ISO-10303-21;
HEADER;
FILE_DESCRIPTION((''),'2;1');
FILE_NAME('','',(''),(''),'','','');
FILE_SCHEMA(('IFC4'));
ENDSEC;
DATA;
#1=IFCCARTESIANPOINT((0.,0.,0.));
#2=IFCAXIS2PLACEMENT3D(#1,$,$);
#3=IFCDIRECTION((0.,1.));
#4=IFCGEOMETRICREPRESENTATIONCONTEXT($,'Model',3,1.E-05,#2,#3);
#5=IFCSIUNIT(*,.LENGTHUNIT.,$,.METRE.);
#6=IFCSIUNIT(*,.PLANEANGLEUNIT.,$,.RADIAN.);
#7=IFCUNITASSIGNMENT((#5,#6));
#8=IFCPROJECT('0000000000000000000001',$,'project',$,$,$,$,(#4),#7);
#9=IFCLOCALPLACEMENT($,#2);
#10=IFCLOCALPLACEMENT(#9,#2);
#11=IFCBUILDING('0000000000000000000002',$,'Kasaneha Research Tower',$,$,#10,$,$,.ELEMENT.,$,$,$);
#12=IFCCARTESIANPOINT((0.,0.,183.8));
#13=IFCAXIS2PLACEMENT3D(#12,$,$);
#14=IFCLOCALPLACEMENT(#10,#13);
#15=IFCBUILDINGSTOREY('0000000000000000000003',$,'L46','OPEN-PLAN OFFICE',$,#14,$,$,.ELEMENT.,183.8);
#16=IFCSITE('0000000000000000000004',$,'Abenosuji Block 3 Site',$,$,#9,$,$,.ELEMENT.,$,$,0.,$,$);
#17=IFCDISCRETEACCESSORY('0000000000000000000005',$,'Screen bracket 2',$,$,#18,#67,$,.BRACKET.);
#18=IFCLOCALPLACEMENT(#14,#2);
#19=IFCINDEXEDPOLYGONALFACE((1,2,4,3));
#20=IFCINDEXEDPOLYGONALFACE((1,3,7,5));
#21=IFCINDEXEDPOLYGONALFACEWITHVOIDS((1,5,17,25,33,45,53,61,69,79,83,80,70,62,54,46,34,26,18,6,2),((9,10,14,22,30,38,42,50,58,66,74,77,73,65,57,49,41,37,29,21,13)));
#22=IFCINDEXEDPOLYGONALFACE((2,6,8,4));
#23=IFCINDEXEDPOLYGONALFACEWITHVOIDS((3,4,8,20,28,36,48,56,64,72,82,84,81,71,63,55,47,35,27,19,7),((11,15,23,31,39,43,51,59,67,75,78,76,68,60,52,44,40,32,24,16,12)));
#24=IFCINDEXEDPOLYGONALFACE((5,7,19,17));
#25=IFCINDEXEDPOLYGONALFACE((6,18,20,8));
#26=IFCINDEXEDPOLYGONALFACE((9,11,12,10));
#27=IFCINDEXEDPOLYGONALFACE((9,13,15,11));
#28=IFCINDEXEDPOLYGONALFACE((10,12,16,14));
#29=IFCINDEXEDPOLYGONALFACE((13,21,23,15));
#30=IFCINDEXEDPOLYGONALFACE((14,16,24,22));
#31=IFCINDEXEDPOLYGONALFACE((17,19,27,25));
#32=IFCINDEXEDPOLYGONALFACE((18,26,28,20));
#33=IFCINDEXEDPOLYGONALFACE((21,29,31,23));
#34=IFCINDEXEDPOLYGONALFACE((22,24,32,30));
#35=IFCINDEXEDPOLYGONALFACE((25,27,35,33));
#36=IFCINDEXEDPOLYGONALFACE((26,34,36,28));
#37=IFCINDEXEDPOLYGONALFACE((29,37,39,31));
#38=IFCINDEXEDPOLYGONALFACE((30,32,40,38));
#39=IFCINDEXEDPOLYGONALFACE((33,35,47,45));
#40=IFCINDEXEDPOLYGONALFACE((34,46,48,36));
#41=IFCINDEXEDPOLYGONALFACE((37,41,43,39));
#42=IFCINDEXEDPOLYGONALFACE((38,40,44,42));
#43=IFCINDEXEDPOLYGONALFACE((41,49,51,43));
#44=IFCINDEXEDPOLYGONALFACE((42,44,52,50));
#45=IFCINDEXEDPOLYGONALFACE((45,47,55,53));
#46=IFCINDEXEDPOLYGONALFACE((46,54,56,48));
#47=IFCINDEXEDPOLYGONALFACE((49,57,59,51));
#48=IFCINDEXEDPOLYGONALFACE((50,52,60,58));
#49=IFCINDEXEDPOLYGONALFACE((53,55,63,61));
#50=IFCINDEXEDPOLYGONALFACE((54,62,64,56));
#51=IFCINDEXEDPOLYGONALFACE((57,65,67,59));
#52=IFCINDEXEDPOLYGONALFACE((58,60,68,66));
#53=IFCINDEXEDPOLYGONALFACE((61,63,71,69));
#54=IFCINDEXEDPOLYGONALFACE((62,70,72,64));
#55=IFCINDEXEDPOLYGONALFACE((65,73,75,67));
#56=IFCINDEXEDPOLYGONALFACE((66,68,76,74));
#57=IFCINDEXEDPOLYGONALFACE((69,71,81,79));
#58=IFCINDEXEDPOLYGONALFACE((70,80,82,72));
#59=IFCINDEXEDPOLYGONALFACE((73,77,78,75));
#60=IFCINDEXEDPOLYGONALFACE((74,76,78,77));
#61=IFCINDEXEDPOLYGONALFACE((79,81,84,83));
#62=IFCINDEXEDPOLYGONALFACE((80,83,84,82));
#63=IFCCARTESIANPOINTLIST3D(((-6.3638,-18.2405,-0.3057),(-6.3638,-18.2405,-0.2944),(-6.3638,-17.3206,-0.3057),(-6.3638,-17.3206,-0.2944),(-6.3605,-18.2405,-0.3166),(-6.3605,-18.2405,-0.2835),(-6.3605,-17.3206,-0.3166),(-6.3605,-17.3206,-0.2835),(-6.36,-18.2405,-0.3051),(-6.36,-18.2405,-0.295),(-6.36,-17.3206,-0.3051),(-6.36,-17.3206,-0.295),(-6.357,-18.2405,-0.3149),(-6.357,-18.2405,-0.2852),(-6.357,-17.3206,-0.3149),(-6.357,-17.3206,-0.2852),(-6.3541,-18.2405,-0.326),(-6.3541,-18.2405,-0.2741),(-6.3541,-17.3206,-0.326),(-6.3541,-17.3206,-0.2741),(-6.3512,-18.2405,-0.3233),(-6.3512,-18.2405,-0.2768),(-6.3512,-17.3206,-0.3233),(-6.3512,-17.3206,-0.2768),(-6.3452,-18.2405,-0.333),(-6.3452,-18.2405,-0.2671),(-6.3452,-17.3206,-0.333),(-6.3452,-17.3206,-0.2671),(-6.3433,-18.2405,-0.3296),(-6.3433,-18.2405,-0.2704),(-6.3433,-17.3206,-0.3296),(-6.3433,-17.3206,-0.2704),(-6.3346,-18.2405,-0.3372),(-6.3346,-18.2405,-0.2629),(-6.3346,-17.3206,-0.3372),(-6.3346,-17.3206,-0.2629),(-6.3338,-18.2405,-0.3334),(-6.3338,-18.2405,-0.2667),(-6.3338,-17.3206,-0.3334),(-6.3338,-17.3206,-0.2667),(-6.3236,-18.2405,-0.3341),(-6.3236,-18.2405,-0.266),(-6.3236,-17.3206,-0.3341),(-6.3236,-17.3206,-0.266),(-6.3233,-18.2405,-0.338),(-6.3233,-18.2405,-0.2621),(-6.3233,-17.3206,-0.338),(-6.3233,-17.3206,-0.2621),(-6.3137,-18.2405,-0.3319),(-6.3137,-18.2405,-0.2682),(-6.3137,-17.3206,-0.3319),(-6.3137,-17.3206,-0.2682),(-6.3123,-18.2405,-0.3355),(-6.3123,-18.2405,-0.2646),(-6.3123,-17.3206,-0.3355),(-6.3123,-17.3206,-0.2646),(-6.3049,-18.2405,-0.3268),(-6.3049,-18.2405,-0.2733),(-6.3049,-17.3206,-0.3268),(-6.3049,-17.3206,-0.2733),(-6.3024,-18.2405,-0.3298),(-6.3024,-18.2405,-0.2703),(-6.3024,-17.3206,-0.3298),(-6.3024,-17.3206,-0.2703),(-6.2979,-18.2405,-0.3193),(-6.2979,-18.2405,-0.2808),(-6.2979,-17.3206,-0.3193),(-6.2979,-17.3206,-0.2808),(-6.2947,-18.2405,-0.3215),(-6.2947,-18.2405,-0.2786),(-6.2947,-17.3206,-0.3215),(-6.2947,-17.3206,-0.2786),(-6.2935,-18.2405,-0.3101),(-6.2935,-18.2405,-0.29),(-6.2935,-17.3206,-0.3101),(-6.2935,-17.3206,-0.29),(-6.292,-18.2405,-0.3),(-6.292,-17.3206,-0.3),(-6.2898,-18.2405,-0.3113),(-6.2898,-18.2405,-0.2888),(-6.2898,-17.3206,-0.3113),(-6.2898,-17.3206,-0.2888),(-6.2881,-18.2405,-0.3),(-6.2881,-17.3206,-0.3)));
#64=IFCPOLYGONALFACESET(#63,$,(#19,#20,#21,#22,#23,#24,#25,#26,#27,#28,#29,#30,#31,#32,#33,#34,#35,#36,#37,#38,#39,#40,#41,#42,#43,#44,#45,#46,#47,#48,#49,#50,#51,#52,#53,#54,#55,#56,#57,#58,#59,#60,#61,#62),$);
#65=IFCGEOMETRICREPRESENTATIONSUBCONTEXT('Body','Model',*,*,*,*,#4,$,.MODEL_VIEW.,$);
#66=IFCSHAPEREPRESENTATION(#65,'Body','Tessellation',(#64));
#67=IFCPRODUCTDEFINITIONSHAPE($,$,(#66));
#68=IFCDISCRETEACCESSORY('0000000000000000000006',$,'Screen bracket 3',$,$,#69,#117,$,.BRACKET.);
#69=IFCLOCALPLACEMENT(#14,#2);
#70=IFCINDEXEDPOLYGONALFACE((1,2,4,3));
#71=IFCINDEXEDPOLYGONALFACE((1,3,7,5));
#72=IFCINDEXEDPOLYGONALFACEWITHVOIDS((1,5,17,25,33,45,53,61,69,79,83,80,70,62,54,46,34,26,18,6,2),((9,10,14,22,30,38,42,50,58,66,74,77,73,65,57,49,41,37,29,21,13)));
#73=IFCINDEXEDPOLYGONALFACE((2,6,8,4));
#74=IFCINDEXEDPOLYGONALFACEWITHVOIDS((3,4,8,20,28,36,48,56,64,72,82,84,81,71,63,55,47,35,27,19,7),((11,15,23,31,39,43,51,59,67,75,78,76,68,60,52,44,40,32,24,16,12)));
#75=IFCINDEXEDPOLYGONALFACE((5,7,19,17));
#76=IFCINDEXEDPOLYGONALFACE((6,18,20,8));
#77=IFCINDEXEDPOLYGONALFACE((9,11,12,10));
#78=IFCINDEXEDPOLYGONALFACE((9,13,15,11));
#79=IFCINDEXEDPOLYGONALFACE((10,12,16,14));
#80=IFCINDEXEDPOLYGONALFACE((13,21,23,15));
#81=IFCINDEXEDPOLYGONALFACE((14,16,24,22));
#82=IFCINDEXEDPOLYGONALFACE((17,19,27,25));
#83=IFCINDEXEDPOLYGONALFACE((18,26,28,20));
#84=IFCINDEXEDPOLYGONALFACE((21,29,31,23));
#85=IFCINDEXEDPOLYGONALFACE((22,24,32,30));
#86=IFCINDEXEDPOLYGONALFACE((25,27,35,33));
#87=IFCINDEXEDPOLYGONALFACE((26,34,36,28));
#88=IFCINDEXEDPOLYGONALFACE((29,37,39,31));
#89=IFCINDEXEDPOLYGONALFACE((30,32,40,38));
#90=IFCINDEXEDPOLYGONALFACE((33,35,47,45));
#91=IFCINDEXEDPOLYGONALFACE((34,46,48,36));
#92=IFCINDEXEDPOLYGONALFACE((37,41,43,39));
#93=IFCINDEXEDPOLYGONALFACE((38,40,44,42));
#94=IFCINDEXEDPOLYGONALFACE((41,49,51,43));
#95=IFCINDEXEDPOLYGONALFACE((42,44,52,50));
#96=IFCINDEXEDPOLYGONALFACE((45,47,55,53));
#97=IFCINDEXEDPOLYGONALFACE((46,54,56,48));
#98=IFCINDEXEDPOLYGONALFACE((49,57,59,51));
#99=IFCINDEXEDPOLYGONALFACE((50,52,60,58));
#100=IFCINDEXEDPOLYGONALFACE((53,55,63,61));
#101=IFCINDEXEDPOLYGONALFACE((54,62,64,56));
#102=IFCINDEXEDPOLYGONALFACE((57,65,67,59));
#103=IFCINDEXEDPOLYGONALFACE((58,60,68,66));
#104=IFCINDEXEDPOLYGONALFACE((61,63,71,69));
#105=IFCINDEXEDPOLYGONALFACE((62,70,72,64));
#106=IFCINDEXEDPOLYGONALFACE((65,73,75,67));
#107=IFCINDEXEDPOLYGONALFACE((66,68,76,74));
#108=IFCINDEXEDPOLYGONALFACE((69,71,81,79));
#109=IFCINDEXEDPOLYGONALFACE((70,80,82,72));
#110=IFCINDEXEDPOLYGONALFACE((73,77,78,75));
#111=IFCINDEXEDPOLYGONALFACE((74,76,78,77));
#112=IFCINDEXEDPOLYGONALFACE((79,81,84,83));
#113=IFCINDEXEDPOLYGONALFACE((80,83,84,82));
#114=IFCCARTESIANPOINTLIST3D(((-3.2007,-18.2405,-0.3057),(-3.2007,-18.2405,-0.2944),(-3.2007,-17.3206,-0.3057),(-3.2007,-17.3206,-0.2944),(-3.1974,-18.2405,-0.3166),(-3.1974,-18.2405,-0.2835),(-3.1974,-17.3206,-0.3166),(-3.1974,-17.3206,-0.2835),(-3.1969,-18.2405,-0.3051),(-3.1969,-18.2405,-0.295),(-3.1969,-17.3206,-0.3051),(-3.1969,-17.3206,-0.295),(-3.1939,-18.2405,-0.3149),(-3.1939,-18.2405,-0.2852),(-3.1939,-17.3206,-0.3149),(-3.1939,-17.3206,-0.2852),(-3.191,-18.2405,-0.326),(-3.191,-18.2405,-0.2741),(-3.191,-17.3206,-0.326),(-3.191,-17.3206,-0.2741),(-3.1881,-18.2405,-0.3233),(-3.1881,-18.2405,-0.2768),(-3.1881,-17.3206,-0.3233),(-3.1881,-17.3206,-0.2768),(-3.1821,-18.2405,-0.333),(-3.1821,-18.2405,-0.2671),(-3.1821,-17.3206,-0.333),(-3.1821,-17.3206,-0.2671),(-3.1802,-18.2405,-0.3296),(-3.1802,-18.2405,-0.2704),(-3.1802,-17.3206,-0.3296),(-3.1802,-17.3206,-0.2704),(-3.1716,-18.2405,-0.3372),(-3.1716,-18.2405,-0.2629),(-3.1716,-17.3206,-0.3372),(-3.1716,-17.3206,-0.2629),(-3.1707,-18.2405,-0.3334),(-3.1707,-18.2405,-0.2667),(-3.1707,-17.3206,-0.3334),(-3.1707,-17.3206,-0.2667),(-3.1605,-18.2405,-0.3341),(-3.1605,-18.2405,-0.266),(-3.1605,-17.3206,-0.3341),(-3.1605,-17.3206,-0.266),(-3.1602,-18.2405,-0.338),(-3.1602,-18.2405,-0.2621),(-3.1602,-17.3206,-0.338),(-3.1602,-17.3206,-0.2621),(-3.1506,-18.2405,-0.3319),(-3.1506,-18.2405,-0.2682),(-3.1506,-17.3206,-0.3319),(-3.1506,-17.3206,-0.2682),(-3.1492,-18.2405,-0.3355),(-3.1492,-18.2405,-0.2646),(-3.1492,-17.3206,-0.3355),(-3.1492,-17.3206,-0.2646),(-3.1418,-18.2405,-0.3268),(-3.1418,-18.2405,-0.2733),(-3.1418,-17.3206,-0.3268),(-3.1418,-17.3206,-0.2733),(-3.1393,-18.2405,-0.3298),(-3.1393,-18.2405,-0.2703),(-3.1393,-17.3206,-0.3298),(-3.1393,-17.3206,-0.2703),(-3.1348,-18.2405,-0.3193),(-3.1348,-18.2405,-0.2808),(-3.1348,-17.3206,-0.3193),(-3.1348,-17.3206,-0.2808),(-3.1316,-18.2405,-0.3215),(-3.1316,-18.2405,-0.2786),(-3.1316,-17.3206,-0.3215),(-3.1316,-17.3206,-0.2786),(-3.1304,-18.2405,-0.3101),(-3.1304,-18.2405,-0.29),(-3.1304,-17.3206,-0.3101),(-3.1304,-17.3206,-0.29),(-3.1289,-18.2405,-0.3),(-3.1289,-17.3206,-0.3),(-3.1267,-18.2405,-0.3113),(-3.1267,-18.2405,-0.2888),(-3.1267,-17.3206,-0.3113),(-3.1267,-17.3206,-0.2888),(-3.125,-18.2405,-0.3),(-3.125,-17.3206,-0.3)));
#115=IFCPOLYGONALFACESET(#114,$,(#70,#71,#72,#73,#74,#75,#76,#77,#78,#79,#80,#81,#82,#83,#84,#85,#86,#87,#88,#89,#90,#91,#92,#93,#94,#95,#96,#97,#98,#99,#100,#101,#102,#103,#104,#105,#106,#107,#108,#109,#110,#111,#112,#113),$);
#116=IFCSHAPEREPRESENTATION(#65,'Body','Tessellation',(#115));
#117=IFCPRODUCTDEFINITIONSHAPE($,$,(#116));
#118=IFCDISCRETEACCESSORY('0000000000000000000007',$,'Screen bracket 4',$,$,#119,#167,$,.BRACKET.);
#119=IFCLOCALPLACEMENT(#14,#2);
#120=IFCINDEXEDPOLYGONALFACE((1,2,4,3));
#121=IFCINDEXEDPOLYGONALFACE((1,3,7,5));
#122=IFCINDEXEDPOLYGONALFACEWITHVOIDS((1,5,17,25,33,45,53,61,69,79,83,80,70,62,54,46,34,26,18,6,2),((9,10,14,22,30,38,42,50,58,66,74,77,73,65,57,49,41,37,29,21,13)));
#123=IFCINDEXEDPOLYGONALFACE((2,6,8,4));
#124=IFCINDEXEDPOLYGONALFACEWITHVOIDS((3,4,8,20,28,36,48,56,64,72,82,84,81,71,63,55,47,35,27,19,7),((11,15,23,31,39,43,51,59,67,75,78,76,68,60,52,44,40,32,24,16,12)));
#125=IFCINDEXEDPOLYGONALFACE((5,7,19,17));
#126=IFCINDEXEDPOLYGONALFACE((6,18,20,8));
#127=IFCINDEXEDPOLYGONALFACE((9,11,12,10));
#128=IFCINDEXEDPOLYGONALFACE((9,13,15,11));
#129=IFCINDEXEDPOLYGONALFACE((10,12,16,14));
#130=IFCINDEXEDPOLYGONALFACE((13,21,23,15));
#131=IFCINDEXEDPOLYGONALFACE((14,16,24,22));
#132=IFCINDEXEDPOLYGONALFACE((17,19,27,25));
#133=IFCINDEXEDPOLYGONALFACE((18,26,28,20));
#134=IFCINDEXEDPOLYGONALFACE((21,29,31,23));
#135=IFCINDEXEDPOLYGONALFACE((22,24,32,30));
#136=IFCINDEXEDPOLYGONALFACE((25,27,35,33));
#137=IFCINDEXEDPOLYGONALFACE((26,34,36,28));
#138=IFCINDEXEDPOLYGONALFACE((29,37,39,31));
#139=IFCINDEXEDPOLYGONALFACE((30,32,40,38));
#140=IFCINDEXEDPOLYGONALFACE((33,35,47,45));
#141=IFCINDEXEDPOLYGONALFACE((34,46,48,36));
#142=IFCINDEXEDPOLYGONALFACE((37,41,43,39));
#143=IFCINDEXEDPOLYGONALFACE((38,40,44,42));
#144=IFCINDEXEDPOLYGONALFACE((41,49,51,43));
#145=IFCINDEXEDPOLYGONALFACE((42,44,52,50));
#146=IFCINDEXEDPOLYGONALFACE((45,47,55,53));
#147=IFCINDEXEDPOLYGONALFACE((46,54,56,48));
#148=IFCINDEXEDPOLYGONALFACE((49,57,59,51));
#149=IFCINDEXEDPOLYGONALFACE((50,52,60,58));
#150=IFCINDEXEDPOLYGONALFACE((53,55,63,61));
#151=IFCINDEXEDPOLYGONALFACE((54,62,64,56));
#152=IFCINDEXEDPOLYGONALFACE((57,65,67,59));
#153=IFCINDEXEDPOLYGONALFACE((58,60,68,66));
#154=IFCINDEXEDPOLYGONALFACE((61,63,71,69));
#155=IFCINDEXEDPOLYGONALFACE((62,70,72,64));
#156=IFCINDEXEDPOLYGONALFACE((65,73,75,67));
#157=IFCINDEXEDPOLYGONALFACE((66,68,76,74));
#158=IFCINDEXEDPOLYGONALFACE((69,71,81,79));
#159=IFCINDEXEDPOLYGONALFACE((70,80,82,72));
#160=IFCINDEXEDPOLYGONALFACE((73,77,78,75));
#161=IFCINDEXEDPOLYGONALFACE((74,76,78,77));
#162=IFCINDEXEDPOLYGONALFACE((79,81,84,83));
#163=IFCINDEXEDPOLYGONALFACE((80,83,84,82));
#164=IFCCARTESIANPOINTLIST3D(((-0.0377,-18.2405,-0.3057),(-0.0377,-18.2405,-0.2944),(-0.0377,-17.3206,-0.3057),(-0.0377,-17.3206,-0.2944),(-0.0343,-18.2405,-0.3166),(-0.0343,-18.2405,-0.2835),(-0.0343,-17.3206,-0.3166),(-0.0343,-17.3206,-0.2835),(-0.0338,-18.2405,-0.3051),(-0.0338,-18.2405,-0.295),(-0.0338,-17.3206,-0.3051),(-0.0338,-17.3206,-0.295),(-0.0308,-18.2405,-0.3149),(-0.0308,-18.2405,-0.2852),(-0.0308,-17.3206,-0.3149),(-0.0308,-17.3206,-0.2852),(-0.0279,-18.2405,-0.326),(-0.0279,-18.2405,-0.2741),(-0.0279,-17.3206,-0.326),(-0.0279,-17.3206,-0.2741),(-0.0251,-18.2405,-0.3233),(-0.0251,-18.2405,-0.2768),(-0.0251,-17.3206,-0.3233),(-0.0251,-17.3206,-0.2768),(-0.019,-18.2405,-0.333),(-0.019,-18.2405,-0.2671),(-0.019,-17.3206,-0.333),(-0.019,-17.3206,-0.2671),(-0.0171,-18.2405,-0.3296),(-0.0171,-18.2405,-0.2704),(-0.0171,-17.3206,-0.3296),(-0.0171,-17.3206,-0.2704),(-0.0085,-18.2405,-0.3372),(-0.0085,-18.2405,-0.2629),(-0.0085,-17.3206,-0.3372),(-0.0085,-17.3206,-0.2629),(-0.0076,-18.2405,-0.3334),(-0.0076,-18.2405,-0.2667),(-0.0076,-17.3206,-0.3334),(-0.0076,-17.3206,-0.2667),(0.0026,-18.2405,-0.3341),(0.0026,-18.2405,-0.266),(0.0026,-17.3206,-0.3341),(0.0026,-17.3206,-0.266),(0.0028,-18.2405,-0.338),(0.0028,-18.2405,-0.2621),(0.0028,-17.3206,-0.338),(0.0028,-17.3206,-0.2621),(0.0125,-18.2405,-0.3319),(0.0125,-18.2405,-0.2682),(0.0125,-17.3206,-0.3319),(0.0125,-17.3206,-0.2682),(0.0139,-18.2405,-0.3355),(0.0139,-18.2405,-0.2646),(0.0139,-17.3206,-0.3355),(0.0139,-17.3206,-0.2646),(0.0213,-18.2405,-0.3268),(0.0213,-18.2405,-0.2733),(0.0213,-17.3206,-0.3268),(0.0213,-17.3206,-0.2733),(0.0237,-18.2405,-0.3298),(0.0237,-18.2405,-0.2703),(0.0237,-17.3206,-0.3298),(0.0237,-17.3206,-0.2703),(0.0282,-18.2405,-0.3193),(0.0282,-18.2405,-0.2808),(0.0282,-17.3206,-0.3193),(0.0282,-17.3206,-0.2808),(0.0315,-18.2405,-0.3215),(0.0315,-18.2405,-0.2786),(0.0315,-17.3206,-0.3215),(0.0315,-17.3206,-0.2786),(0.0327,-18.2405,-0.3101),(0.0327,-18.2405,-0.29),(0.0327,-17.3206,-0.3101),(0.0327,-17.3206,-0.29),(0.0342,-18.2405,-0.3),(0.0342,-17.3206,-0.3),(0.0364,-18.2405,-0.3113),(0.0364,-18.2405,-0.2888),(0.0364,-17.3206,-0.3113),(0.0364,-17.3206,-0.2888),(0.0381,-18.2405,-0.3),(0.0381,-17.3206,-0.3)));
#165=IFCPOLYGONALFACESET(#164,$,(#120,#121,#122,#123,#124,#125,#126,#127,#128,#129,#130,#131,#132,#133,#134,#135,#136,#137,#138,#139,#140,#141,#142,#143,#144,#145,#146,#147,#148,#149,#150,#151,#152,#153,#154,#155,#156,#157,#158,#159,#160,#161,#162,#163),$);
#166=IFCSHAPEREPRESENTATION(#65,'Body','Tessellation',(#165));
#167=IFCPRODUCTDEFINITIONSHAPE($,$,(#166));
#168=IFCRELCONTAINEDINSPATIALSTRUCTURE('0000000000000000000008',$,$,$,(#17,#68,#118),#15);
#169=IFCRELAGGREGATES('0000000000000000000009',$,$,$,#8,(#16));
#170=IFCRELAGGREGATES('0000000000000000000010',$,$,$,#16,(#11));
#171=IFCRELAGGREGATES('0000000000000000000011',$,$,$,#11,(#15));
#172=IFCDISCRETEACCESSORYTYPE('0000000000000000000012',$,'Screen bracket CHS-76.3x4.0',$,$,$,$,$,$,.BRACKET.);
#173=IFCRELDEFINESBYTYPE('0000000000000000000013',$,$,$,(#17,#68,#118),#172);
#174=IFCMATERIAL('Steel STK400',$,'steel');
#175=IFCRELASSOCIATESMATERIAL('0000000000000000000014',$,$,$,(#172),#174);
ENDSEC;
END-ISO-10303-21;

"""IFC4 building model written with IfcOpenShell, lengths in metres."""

from ifc_helpers import new_model, si_unit, direction, frame, origin, origin_2d, place, context, subcontext, project, spatial, hollow_circle, extrude, material, material_profile, profile_set, type_object, element, save


model = new_model("IFC4")

# Units and contexts
model_context = context("Model", 3, precision=1e-05, world=origin(), true_north=direction((0.0, 1.0)))
body_context = subcontext(model_context, "Body", "Model", "MODEL_VIEW")
ifc_project = project(units=[si_unit("LENGTHUNIT", "METRE"), si_unit("PLANEANGLEUNIT", "RADIAN")], contexts=[model_context])

# Site, building, storey
site_placement = place(None, origin())
site = spatial("IfcSite", under=ifc_project, at=site_placement, Name="Abenosuji Block 3 Site", CompositionType="ELEMENT", RefElevation=0.0)
building_placement = place(site_placement, origin())
building = spatial("IfcBuilding", under=site, at=building_placement, Name="Kasaneha Research Tower", CompositionType="ELEMENT")
storey_placement = place(building_placement, frame((0.0, 0.0, 183.8)))
storey = spatial("IfcBuildingStorey", under=building, at=storey_placement, Name="L46", Description="OPEN-PLAN OFFICE", CompositionType="ELEMENT", Elevation=183.8)

# Discrete accessories
ifc_material_1 = material(Name="Steel STK400", Category="steel")
ifc_material_profile_1 = material_profile(ifc_material_1, hollow_circle(Radius=0.0381, WallThickness=0.0039, at=origin_2d()), Name="CHS-76.3x4.0")
ifc_profile_set_1 = profile_set([ifc_material_profile_1], Name="Steel STK400")
discrete_accessory_type = type_object("IfcDiscreteAccessoryType", Name="Screen bracket CHS-76.3x4.0", PredefinedType="BRACKET", material=ifc_profile_set_1)
for number, where, z_axis, x_axis, name in (
    (1, (-6.3262, -17.3206, -0.3), (0.0, -1.0, 0.0), (1.0, 0.0, 0.0), "Screen bracket 2"),
    (2, (-3.1631, -17.3206, -0.3), (0.0, -1.0, 0.0), (1.0, 0.0, 0.0), "Screen bracket 3"),
    (3, (0.0, -17.3206, -0.3), (0.0, -1.0, 0.0), (1.0, 0.0, 0.0), "Screen bracket 4"),
):
    element("IfcDiscreteAccessory", number, at=place(storey_placement, frame(where, z_axis=z_axis, x_axis=x_axis)), inside=storey, type_object=discrete_accessory_type, Name=name, PredefinedType="BRACKET", context=body_context, shape_type="SweptSolid", body=[
        extrude(hollow_circle(Radius=0.0381, WallThickness=0.0039, at=origin_2d()), origin(), (0.0, 0.0, 1.0), 0.9199),
    ])

save(model, "model.ifc")
